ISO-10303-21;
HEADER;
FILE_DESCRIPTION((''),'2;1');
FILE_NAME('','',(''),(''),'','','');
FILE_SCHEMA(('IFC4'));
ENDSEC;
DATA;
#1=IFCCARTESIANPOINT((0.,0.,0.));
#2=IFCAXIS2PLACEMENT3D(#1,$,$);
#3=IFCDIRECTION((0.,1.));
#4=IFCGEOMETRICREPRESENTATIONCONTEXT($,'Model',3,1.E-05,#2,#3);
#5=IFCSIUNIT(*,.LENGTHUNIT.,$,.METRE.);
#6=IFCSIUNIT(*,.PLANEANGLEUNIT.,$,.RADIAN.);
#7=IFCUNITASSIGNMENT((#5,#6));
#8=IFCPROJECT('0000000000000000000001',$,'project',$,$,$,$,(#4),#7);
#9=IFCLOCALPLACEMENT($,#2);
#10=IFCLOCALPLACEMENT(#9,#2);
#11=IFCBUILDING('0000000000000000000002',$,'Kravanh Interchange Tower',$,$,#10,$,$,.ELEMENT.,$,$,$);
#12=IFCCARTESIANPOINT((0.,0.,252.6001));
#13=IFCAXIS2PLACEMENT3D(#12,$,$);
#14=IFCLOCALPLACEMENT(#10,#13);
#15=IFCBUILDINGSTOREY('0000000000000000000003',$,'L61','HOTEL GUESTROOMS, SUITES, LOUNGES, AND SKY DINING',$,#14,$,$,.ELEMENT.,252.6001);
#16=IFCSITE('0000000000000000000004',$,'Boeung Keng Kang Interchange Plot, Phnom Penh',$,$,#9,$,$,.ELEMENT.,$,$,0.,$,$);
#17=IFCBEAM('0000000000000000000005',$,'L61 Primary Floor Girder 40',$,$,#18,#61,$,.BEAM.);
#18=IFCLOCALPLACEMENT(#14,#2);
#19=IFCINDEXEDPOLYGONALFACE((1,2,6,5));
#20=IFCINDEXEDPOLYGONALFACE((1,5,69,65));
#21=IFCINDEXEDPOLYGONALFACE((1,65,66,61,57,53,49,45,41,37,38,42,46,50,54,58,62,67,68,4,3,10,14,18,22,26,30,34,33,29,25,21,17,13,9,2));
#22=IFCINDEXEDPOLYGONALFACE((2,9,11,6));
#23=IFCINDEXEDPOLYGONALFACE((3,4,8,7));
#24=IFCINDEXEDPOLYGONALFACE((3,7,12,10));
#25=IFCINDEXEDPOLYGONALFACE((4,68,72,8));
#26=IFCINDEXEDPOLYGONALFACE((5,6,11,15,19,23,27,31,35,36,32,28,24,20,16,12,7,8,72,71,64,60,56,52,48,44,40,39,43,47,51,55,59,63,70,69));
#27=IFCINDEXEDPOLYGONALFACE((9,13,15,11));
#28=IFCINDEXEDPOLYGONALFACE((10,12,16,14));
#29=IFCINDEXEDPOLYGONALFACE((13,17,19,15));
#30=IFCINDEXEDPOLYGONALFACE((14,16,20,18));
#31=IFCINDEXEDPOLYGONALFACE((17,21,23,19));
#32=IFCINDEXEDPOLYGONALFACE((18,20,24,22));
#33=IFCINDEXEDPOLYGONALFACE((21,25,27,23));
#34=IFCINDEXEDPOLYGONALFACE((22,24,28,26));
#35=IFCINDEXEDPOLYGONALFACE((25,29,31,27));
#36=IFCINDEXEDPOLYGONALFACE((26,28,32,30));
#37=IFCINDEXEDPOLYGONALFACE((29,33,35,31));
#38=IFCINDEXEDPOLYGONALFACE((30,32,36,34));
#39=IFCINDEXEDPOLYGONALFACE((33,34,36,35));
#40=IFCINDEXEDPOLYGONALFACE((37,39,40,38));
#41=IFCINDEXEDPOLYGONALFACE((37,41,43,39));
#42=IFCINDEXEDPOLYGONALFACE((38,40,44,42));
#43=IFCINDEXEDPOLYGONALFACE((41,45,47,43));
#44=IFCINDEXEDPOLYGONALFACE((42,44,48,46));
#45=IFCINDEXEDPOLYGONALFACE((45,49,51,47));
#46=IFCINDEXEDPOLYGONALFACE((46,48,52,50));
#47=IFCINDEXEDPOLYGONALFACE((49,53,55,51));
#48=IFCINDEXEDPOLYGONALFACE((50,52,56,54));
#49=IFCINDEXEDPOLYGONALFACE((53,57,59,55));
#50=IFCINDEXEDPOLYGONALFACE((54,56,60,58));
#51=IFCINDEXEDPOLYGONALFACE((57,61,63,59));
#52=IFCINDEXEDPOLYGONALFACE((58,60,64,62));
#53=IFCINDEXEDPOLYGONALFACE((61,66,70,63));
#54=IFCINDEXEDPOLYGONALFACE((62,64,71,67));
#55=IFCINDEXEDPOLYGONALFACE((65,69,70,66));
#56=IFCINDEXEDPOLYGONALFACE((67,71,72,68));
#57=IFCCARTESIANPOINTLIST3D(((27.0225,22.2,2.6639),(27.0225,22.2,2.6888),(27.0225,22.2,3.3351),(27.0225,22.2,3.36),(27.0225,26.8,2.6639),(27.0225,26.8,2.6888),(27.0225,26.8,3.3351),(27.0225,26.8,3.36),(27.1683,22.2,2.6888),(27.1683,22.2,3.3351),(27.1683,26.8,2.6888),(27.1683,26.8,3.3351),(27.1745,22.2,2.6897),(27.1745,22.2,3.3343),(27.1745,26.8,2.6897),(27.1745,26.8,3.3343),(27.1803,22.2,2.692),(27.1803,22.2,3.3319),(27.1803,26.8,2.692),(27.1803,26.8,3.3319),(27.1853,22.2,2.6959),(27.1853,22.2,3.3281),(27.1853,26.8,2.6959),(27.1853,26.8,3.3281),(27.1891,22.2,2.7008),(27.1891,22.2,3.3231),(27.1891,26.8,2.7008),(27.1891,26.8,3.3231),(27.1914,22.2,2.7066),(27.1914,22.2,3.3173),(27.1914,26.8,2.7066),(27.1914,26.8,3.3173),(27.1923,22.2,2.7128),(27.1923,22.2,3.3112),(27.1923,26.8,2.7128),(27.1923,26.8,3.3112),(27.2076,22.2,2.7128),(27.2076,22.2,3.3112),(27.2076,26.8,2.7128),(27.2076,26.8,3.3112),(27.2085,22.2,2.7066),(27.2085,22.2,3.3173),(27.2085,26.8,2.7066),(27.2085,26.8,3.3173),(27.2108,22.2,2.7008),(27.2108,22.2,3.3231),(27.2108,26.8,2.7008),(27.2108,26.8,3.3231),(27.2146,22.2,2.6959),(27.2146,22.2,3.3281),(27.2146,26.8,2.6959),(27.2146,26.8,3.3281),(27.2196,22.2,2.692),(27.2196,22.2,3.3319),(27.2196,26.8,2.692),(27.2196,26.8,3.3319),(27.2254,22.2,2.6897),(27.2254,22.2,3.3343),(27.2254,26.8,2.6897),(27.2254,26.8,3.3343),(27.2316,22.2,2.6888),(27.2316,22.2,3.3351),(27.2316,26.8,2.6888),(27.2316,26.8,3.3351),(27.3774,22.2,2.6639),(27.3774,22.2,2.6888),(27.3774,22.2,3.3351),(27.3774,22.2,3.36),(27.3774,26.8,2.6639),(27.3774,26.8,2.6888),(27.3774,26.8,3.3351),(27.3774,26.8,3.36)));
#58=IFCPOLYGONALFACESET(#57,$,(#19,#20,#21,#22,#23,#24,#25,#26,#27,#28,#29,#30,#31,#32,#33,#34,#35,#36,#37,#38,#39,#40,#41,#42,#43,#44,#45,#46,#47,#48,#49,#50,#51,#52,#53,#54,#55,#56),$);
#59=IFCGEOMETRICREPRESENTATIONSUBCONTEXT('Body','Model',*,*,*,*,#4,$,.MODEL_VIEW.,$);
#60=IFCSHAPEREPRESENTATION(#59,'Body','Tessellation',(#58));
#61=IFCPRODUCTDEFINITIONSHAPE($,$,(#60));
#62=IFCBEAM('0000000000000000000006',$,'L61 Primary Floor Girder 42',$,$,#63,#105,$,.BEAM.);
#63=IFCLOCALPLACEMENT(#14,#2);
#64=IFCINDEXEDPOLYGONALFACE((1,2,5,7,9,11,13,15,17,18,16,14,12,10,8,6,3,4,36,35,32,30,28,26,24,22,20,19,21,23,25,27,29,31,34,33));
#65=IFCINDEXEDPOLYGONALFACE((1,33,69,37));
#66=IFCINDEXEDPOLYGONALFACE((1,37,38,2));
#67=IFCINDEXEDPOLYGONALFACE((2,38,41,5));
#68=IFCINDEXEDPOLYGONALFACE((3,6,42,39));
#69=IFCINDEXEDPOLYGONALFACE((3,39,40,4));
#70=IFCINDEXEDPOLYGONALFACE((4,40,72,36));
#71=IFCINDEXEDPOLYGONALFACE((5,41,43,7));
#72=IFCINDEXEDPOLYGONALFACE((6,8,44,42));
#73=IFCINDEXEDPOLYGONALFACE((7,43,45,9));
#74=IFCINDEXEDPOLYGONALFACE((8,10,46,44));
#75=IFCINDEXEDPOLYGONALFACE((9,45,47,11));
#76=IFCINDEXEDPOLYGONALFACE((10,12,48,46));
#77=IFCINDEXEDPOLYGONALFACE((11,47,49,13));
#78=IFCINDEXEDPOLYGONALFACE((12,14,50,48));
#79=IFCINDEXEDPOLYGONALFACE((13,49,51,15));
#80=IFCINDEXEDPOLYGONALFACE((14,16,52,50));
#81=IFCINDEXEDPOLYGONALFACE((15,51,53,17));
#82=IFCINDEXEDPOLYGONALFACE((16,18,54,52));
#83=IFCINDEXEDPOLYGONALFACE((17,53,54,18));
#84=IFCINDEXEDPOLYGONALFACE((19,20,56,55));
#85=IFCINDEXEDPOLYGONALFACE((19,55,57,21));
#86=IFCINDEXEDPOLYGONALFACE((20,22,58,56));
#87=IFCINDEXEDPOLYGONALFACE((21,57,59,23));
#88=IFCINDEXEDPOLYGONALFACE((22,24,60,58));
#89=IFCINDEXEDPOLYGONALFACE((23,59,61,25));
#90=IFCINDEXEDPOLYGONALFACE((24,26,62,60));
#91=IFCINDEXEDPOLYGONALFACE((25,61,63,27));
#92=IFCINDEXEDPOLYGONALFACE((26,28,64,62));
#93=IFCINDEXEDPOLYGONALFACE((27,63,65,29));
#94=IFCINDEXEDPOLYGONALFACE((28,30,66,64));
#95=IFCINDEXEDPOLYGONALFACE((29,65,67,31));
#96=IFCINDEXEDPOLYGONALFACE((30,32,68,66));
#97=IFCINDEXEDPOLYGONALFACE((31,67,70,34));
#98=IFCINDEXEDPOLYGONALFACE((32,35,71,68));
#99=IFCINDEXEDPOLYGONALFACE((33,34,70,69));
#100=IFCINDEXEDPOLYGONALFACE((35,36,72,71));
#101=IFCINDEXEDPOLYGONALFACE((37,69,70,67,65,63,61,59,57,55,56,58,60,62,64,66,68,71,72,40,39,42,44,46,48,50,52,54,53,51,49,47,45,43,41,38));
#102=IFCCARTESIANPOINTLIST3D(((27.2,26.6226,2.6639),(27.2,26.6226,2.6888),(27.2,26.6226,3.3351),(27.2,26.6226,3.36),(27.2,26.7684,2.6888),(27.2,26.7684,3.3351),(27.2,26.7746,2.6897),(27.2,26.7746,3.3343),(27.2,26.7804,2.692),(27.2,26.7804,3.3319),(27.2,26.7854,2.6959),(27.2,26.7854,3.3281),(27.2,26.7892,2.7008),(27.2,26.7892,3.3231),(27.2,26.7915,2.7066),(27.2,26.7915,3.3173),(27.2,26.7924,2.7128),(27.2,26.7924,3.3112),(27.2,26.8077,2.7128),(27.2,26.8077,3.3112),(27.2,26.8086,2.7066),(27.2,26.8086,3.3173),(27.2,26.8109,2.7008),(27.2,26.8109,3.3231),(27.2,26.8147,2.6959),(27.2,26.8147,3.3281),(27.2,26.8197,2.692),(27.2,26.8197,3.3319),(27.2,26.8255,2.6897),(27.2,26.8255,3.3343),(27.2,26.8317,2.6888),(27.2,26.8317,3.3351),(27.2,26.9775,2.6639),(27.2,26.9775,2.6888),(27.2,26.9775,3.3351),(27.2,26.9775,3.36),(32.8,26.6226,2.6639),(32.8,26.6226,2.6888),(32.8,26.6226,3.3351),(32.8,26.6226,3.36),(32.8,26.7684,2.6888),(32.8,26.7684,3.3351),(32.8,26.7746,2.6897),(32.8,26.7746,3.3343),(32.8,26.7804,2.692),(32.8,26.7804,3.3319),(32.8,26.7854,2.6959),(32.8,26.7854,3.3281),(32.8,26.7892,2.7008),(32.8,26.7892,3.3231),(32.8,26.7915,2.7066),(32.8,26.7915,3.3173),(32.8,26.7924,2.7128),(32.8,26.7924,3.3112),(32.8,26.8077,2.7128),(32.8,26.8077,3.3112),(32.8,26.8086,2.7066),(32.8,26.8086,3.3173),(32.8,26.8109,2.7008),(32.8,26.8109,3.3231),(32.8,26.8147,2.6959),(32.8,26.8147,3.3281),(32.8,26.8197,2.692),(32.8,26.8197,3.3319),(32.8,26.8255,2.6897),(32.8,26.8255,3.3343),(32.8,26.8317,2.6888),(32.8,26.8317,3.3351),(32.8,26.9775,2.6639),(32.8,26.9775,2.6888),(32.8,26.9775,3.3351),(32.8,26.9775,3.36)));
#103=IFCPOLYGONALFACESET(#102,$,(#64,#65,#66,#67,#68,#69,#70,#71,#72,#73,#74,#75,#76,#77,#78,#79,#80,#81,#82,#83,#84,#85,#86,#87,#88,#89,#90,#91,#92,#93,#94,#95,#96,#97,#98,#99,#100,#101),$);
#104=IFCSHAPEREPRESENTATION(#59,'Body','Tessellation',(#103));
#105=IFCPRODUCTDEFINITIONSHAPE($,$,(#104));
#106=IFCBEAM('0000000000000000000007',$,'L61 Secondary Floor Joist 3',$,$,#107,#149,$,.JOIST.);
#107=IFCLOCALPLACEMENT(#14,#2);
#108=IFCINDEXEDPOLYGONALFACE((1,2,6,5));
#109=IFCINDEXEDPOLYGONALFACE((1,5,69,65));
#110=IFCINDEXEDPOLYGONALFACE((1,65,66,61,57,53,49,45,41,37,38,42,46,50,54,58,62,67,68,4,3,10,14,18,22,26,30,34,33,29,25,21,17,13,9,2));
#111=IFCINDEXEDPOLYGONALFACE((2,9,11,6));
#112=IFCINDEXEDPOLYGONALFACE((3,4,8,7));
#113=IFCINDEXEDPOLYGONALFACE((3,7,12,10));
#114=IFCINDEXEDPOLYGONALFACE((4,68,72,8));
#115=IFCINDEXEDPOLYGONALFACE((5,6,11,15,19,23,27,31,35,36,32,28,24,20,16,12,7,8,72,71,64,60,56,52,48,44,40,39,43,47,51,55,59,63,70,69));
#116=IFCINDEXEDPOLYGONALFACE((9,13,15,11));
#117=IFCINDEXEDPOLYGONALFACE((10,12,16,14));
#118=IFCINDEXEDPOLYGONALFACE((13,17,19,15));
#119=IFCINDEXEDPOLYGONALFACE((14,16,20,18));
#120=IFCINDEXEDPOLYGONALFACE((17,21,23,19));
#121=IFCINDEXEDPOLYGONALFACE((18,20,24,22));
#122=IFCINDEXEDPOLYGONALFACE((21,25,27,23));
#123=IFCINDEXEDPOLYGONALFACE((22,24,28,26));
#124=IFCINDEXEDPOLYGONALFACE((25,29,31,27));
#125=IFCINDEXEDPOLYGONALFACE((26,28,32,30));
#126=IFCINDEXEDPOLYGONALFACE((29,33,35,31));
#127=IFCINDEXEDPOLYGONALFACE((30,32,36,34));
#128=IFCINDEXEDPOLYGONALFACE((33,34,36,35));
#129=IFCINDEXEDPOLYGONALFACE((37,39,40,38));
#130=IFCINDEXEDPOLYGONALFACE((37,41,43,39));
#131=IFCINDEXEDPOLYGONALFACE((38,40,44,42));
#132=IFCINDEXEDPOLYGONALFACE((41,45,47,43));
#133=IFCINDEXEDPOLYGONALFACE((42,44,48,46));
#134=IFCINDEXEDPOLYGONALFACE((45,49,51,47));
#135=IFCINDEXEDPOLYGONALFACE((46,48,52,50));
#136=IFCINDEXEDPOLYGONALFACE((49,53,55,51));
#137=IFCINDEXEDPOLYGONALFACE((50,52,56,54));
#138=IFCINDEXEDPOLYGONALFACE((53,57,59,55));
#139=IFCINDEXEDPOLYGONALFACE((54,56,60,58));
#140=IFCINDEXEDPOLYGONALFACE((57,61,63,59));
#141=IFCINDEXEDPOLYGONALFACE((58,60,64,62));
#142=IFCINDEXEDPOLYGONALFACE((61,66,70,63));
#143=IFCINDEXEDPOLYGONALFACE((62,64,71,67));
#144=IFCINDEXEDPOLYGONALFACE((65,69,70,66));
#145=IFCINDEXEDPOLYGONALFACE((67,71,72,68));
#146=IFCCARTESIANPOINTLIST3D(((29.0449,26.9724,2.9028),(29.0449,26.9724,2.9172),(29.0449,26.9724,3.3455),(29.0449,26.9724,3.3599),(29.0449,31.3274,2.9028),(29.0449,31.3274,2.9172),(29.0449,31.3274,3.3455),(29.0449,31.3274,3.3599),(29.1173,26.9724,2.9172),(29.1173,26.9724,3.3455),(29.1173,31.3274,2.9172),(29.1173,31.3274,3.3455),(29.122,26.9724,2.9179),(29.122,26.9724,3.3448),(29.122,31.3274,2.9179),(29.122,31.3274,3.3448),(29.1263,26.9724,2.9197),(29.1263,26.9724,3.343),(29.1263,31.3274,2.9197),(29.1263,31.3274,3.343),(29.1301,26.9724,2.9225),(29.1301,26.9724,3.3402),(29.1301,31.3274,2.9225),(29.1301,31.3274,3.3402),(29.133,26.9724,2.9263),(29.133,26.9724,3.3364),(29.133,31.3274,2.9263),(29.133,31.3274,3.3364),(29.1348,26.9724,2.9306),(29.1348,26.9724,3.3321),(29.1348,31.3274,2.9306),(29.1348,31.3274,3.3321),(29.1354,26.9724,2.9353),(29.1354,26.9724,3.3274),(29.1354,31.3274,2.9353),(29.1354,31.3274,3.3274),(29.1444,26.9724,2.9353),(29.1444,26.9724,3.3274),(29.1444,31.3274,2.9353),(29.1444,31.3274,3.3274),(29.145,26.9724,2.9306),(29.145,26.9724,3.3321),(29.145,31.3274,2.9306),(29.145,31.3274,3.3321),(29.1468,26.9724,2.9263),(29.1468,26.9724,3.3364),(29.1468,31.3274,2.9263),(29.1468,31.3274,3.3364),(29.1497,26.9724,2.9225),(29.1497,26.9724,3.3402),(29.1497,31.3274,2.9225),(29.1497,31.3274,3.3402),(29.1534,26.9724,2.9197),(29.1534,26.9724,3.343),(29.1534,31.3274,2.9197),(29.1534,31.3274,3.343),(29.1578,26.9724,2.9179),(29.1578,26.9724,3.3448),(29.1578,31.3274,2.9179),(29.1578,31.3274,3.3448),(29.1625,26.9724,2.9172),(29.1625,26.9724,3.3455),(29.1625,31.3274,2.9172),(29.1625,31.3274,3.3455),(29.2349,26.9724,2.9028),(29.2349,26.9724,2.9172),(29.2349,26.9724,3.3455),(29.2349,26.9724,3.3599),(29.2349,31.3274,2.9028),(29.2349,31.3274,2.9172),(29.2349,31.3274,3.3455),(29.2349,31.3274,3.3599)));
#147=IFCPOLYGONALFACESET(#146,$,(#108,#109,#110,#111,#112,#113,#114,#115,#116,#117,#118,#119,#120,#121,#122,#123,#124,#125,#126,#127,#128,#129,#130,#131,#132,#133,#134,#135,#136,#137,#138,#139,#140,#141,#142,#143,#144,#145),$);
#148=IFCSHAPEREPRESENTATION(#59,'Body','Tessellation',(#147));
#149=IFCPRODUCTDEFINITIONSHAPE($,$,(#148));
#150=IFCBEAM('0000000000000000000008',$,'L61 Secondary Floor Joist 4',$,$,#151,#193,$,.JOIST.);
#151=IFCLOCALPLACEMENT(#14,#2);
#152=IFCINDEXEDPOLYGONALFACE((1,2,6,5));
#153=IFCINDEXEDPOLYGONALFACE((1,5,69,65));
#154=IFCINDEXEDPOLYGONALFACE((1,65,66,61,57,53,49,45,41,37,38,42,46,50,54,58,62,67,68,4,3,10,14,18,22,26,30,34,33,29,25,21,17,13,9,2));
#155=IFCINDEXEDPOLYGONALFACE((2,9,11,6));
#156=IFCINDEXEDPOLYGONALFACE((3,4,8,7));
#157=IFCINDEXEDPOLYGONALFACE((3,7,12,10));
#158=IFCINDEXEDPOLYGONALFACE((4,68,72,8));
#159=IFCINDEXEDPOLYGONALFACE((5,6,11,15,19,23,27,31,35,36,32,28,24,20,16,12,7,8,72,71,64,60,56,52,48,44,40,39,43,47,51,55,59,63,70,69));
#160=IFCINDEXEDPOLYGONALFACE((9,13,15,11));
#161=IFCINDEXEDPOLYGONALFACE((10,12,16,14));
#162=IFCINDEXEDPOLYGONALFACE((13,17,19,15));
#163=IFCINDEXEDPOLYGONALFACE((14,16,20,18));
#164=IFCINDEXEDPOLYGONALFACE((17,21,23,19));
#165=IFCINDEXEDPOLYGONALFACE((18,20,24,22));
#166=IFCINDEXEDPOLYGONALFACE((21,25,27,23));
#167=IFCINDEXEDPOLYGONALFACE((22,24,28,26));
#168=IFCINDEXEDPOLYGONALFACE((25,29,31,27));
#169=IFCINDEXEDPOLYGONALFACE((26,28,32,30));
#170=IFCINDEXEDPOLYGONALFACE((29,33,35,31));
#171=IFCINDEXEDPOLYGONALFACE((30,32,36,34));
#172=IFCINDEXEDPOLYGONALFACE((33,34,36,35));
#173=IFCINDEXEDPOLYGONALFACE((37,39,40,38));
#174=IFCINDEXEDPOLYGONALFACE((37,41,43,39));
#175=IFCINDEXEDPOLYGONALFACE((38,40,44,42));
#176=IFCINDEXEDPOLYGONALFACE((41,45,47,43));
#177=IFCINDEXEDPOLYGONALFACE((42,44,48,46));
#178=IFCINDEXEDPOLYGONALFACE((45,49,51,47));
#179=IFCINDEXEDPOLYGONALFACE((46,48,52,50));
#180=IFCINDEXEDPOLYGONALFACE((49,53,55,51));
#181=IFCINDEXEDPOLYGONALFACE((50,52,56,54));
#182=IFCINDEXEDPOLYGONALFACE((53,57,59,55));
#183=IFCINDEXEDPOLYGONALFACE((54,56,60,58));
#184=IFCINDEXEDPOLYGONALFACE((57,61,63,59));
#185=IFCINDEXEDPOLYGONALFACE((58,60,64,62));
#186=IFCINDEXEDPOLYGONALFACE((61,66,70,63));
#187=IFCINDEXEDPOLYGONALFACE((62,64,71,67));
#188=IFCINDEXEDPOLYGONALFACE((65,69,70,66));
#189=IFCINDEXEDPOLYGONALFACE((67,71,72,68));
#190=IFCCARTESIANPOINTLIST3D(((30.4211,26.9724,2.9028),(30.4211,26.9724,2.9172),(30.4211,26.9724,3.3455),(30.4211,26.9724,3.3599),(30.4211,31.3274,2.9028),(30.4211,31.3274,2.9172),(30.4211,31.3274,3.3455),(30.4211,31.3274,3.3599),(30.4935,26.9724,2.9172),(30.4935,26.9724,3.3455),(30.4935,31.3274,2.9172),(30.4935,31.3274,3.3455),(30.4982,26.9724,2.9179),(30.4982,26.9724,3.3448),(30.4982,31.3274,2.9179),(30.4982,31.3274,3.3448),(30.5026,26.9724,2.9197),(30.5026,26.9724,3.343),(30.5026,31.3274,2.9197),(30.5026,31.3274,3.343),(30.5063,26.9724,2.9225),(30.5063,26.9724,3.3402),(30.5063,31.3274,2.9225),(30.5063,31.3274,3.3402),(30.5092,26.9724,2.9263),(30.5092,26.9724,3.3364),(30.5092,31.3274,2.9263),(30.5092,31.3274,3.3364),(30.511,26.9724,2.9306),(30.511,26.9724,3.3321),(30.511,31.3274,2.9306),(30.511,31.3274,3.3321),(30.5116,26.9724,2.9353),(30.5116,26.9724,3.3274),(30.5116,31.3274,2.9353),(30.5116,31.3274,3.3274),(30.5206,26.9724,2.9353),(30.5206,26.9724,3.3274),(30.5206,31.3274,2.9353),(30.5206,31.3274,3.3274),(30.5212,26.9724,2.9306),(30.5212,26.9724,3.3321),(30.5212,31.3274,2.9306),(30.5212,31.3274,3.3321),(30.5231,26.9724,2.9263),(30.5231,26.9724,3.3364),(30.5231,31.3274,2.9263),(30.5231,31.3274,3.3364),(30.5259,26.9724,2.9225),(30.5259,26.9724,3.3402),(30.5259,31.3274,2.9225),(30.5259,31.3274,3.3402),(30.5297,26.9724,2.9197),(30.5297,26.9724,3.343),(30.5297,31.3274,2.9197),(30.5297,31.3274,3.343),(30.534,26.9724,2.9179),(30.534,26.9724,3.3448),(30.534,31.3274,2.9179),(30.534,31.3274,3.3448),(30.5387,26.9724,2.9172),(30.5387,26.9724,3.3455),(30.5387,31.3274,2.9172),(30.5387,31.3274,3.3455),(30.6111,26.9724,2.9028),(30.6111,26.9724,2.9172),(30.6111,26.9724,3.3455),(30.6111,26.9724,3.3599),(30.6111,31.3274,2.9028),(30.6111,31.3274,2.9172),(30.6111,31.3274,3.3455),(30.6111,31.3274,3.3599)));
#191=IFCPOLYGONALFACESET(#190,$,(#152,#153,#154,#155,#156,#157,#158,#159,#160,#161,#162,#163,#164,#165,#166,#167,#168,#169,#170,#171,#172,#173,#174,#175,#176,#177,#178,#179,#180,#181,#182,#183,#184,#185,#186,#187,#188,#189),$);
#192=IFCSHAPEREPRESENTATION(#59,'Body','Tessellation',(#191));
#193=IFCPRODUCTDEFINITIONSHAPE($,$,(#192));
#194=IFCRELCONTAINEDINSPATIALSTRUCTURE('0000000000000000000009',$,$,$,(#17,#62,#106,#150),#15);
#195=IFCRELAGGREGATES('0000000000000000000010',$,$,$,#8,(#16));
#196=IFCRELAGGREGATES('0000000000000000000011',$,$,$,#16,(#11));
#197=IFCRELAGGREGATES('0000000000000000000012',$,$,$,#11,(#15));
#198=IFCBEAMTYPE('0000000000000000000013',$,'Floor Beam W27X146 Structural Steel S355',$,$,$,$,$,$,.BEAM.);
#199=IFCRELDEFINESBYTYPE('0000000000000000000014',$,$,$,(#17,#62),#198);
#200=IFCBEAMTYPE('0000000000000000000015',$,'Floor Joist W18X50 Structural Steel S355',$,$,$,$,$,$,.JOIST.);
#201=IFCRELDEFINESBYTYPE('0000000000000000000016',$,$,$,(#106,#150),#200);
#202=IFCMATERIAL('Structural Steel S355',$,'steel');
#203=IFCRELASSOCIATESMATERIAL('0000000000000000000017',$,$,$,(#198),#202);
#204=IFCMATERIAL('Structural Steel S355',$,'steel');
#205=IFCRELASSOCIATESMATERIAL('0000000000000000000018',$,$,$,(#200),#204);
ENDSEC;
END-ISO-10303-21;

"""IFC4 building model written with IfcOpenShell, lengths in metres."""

from ifc_helpers import new_model, si_unit, direction, frame, origin, origin_2d, place, context, subcontext, project, spatial, i_section, extrude, material, material_profile, profile_set, type_object, element, save


model = new_model("IFC4")

# Units and contexts
model_context = context("Model", 3, precision=1e-05, world=origin(), true_north=direction((0.0, 1.0)))
body_context = subcontext(model_context, "Body", "Model", "MODEL_VIEW")
ifc_project = project(units=[si_unit("LENGTHUNIT", "METRE"), si_unit("PLANEANGLEUNIT", "RADIAN")], contexts=[model_context])

# Site, building, storey
site_placement = place(None, origin())
site = spatial("IfcSite", under=ifc_project, at=site_placement, Name="Boeung Keng Kang Interchange Plot, Phnom Penh", CompositionType="ELEMENT", RefElevation=0.0)
building_placement = place(site_placement, origin())
building = spatial("IfcBuilding", under=site, at=building_placement, Name="Kravanh Interchange Tower", CompositionType="ELEMENT")
storey_placement = place(building_placement, frame((0.0, 0.0, 252.6001)))
storey = spatial("IfcBuildingStorey", under=building, at=storey_placement, Name="L61", Description="HOTEL GUESTROOMS, SUITES, LOUNGES, AND SKY DINING", CompositionType="ELEMENT", Elevation=252.6001)

# Beams
ifc_material_1 = material(Name="Structural Steel S355", Category="steel")
ifc_material_profile_1 = material_profile(ifc_material_1, i_section(OverallWidth=0.355, OverallDepth=0.696, WebThickness=0.0154, FlangeThickness=0.0249, FilletRadius=0.0239, at=origin_2d()), Name="W27X146")
ifc_profile_set_1 = profile_set([ifc_material_profile_1], Name="Structural Steel S355")
beam_type_1 = type_object("IfcBeamType", Name="Floor Beam W27X146 Structural Steel S355", PredefinedType="BEAM", material=ifc_profile_set_1)
beam_1_placement = place(storey_placement, frame((27.2, 22.2, 3.012), z_axis=(0.0, 1.0, 0.0), x_axis=(-1.0, 0.0, 0.0)))
element("IfcBeam", 1, at=beam_1_placement, inside=storey, type_object=beam_type_1, Name="L61 Primary Floor Girder 40", PredefinedType="BEAM", context=body_context, shape_type="SweptSolid", body=[
    extrude(i_section(OverallWidth=0.355, OverallDepth=0.696, WebThickness=0.0154, FlangeThickness=0.0249, FilletRadius=0.0239, at=origin_2d()), origin(), (0.0, 0.0, 1.0), 4.6001),
])
beam_2_placement = place(storey_placement, frame((27.2, 26.8, 3.012), z_axis=(1.0, 0.0, 0.0), x_axis=(0.0, 1.0, 0.0)))
element("IfcBeam", 2, at=beam_2_placement, inside=storey, type_object=beam_type_1, Name="L61 Primary Floor Girder 42", PredefinedType="BEAM", context=body_context, shape_type="SweptSolid", body=[
    extrude(i_section(OverallWidth=0.355, OverallDepth=0.696, WebThickness=0.0154, FlangeThickness=0.0249, FilletRadius=0.0239, at=origin_2d()), origin(), (0.0, 0.0, 1.0), 5.6001),
])
ifc_material_2 = material(Name="Structural Steel S355", Category="steel")
ifc_material_profile_2 = material_profile(ifc_material_2, i_section(OverallWidth=0.1899, OverallDepth=0.457, WebThickness=0.009, FlangeThickness=0.0144, FilletRadius=0.0181, at=origin_2d()), Name="W18X50")
ifc_profile_set_2 = profile_set([ifc_material_profile_2], Name="Structural Steel S355")
beam_type_2 = type_object("IfcBeamType", Name="Floor Joist W18X50 Structural Steel S355", PredefinedType="JOIST", material=ifc_profile_set_2)
for number, where, z_axis, x_axis, name in (
    (3, (29.1399, 26.9724, 3.1313), (0.0, 1.0, 0.0), (-1.0, 0.0, 0.0), "L61 Secondary Floor Joist 3"),
    (4, (30.5161, 26.9724, 3.1313), (0.0, 1.0, 0.0), (-1.0, 0.0, 0.0), "L61 Secondary Floor Joist 4"),
):
    element("IfcBeam", number, at=place(storey_placement, frame(where, z_axis=z_axis, x_axis=x_axis)), inside=storey, type_object=beam_type_2, Name=name, PredefinedType="JOIST", context=body_context, shape_type="SweptSolid", body=[
        extrude(i_section(OverallWidth=0.1899, OverallDepth=0.457, WebThickness=0.009, FlangeThickness=0.0144, FilletRadius=0.0181, at=origin_2d()), origin(), (0.0, 0.0, 1.0), 4.355),
    ])

save(model, "model.ifc")
